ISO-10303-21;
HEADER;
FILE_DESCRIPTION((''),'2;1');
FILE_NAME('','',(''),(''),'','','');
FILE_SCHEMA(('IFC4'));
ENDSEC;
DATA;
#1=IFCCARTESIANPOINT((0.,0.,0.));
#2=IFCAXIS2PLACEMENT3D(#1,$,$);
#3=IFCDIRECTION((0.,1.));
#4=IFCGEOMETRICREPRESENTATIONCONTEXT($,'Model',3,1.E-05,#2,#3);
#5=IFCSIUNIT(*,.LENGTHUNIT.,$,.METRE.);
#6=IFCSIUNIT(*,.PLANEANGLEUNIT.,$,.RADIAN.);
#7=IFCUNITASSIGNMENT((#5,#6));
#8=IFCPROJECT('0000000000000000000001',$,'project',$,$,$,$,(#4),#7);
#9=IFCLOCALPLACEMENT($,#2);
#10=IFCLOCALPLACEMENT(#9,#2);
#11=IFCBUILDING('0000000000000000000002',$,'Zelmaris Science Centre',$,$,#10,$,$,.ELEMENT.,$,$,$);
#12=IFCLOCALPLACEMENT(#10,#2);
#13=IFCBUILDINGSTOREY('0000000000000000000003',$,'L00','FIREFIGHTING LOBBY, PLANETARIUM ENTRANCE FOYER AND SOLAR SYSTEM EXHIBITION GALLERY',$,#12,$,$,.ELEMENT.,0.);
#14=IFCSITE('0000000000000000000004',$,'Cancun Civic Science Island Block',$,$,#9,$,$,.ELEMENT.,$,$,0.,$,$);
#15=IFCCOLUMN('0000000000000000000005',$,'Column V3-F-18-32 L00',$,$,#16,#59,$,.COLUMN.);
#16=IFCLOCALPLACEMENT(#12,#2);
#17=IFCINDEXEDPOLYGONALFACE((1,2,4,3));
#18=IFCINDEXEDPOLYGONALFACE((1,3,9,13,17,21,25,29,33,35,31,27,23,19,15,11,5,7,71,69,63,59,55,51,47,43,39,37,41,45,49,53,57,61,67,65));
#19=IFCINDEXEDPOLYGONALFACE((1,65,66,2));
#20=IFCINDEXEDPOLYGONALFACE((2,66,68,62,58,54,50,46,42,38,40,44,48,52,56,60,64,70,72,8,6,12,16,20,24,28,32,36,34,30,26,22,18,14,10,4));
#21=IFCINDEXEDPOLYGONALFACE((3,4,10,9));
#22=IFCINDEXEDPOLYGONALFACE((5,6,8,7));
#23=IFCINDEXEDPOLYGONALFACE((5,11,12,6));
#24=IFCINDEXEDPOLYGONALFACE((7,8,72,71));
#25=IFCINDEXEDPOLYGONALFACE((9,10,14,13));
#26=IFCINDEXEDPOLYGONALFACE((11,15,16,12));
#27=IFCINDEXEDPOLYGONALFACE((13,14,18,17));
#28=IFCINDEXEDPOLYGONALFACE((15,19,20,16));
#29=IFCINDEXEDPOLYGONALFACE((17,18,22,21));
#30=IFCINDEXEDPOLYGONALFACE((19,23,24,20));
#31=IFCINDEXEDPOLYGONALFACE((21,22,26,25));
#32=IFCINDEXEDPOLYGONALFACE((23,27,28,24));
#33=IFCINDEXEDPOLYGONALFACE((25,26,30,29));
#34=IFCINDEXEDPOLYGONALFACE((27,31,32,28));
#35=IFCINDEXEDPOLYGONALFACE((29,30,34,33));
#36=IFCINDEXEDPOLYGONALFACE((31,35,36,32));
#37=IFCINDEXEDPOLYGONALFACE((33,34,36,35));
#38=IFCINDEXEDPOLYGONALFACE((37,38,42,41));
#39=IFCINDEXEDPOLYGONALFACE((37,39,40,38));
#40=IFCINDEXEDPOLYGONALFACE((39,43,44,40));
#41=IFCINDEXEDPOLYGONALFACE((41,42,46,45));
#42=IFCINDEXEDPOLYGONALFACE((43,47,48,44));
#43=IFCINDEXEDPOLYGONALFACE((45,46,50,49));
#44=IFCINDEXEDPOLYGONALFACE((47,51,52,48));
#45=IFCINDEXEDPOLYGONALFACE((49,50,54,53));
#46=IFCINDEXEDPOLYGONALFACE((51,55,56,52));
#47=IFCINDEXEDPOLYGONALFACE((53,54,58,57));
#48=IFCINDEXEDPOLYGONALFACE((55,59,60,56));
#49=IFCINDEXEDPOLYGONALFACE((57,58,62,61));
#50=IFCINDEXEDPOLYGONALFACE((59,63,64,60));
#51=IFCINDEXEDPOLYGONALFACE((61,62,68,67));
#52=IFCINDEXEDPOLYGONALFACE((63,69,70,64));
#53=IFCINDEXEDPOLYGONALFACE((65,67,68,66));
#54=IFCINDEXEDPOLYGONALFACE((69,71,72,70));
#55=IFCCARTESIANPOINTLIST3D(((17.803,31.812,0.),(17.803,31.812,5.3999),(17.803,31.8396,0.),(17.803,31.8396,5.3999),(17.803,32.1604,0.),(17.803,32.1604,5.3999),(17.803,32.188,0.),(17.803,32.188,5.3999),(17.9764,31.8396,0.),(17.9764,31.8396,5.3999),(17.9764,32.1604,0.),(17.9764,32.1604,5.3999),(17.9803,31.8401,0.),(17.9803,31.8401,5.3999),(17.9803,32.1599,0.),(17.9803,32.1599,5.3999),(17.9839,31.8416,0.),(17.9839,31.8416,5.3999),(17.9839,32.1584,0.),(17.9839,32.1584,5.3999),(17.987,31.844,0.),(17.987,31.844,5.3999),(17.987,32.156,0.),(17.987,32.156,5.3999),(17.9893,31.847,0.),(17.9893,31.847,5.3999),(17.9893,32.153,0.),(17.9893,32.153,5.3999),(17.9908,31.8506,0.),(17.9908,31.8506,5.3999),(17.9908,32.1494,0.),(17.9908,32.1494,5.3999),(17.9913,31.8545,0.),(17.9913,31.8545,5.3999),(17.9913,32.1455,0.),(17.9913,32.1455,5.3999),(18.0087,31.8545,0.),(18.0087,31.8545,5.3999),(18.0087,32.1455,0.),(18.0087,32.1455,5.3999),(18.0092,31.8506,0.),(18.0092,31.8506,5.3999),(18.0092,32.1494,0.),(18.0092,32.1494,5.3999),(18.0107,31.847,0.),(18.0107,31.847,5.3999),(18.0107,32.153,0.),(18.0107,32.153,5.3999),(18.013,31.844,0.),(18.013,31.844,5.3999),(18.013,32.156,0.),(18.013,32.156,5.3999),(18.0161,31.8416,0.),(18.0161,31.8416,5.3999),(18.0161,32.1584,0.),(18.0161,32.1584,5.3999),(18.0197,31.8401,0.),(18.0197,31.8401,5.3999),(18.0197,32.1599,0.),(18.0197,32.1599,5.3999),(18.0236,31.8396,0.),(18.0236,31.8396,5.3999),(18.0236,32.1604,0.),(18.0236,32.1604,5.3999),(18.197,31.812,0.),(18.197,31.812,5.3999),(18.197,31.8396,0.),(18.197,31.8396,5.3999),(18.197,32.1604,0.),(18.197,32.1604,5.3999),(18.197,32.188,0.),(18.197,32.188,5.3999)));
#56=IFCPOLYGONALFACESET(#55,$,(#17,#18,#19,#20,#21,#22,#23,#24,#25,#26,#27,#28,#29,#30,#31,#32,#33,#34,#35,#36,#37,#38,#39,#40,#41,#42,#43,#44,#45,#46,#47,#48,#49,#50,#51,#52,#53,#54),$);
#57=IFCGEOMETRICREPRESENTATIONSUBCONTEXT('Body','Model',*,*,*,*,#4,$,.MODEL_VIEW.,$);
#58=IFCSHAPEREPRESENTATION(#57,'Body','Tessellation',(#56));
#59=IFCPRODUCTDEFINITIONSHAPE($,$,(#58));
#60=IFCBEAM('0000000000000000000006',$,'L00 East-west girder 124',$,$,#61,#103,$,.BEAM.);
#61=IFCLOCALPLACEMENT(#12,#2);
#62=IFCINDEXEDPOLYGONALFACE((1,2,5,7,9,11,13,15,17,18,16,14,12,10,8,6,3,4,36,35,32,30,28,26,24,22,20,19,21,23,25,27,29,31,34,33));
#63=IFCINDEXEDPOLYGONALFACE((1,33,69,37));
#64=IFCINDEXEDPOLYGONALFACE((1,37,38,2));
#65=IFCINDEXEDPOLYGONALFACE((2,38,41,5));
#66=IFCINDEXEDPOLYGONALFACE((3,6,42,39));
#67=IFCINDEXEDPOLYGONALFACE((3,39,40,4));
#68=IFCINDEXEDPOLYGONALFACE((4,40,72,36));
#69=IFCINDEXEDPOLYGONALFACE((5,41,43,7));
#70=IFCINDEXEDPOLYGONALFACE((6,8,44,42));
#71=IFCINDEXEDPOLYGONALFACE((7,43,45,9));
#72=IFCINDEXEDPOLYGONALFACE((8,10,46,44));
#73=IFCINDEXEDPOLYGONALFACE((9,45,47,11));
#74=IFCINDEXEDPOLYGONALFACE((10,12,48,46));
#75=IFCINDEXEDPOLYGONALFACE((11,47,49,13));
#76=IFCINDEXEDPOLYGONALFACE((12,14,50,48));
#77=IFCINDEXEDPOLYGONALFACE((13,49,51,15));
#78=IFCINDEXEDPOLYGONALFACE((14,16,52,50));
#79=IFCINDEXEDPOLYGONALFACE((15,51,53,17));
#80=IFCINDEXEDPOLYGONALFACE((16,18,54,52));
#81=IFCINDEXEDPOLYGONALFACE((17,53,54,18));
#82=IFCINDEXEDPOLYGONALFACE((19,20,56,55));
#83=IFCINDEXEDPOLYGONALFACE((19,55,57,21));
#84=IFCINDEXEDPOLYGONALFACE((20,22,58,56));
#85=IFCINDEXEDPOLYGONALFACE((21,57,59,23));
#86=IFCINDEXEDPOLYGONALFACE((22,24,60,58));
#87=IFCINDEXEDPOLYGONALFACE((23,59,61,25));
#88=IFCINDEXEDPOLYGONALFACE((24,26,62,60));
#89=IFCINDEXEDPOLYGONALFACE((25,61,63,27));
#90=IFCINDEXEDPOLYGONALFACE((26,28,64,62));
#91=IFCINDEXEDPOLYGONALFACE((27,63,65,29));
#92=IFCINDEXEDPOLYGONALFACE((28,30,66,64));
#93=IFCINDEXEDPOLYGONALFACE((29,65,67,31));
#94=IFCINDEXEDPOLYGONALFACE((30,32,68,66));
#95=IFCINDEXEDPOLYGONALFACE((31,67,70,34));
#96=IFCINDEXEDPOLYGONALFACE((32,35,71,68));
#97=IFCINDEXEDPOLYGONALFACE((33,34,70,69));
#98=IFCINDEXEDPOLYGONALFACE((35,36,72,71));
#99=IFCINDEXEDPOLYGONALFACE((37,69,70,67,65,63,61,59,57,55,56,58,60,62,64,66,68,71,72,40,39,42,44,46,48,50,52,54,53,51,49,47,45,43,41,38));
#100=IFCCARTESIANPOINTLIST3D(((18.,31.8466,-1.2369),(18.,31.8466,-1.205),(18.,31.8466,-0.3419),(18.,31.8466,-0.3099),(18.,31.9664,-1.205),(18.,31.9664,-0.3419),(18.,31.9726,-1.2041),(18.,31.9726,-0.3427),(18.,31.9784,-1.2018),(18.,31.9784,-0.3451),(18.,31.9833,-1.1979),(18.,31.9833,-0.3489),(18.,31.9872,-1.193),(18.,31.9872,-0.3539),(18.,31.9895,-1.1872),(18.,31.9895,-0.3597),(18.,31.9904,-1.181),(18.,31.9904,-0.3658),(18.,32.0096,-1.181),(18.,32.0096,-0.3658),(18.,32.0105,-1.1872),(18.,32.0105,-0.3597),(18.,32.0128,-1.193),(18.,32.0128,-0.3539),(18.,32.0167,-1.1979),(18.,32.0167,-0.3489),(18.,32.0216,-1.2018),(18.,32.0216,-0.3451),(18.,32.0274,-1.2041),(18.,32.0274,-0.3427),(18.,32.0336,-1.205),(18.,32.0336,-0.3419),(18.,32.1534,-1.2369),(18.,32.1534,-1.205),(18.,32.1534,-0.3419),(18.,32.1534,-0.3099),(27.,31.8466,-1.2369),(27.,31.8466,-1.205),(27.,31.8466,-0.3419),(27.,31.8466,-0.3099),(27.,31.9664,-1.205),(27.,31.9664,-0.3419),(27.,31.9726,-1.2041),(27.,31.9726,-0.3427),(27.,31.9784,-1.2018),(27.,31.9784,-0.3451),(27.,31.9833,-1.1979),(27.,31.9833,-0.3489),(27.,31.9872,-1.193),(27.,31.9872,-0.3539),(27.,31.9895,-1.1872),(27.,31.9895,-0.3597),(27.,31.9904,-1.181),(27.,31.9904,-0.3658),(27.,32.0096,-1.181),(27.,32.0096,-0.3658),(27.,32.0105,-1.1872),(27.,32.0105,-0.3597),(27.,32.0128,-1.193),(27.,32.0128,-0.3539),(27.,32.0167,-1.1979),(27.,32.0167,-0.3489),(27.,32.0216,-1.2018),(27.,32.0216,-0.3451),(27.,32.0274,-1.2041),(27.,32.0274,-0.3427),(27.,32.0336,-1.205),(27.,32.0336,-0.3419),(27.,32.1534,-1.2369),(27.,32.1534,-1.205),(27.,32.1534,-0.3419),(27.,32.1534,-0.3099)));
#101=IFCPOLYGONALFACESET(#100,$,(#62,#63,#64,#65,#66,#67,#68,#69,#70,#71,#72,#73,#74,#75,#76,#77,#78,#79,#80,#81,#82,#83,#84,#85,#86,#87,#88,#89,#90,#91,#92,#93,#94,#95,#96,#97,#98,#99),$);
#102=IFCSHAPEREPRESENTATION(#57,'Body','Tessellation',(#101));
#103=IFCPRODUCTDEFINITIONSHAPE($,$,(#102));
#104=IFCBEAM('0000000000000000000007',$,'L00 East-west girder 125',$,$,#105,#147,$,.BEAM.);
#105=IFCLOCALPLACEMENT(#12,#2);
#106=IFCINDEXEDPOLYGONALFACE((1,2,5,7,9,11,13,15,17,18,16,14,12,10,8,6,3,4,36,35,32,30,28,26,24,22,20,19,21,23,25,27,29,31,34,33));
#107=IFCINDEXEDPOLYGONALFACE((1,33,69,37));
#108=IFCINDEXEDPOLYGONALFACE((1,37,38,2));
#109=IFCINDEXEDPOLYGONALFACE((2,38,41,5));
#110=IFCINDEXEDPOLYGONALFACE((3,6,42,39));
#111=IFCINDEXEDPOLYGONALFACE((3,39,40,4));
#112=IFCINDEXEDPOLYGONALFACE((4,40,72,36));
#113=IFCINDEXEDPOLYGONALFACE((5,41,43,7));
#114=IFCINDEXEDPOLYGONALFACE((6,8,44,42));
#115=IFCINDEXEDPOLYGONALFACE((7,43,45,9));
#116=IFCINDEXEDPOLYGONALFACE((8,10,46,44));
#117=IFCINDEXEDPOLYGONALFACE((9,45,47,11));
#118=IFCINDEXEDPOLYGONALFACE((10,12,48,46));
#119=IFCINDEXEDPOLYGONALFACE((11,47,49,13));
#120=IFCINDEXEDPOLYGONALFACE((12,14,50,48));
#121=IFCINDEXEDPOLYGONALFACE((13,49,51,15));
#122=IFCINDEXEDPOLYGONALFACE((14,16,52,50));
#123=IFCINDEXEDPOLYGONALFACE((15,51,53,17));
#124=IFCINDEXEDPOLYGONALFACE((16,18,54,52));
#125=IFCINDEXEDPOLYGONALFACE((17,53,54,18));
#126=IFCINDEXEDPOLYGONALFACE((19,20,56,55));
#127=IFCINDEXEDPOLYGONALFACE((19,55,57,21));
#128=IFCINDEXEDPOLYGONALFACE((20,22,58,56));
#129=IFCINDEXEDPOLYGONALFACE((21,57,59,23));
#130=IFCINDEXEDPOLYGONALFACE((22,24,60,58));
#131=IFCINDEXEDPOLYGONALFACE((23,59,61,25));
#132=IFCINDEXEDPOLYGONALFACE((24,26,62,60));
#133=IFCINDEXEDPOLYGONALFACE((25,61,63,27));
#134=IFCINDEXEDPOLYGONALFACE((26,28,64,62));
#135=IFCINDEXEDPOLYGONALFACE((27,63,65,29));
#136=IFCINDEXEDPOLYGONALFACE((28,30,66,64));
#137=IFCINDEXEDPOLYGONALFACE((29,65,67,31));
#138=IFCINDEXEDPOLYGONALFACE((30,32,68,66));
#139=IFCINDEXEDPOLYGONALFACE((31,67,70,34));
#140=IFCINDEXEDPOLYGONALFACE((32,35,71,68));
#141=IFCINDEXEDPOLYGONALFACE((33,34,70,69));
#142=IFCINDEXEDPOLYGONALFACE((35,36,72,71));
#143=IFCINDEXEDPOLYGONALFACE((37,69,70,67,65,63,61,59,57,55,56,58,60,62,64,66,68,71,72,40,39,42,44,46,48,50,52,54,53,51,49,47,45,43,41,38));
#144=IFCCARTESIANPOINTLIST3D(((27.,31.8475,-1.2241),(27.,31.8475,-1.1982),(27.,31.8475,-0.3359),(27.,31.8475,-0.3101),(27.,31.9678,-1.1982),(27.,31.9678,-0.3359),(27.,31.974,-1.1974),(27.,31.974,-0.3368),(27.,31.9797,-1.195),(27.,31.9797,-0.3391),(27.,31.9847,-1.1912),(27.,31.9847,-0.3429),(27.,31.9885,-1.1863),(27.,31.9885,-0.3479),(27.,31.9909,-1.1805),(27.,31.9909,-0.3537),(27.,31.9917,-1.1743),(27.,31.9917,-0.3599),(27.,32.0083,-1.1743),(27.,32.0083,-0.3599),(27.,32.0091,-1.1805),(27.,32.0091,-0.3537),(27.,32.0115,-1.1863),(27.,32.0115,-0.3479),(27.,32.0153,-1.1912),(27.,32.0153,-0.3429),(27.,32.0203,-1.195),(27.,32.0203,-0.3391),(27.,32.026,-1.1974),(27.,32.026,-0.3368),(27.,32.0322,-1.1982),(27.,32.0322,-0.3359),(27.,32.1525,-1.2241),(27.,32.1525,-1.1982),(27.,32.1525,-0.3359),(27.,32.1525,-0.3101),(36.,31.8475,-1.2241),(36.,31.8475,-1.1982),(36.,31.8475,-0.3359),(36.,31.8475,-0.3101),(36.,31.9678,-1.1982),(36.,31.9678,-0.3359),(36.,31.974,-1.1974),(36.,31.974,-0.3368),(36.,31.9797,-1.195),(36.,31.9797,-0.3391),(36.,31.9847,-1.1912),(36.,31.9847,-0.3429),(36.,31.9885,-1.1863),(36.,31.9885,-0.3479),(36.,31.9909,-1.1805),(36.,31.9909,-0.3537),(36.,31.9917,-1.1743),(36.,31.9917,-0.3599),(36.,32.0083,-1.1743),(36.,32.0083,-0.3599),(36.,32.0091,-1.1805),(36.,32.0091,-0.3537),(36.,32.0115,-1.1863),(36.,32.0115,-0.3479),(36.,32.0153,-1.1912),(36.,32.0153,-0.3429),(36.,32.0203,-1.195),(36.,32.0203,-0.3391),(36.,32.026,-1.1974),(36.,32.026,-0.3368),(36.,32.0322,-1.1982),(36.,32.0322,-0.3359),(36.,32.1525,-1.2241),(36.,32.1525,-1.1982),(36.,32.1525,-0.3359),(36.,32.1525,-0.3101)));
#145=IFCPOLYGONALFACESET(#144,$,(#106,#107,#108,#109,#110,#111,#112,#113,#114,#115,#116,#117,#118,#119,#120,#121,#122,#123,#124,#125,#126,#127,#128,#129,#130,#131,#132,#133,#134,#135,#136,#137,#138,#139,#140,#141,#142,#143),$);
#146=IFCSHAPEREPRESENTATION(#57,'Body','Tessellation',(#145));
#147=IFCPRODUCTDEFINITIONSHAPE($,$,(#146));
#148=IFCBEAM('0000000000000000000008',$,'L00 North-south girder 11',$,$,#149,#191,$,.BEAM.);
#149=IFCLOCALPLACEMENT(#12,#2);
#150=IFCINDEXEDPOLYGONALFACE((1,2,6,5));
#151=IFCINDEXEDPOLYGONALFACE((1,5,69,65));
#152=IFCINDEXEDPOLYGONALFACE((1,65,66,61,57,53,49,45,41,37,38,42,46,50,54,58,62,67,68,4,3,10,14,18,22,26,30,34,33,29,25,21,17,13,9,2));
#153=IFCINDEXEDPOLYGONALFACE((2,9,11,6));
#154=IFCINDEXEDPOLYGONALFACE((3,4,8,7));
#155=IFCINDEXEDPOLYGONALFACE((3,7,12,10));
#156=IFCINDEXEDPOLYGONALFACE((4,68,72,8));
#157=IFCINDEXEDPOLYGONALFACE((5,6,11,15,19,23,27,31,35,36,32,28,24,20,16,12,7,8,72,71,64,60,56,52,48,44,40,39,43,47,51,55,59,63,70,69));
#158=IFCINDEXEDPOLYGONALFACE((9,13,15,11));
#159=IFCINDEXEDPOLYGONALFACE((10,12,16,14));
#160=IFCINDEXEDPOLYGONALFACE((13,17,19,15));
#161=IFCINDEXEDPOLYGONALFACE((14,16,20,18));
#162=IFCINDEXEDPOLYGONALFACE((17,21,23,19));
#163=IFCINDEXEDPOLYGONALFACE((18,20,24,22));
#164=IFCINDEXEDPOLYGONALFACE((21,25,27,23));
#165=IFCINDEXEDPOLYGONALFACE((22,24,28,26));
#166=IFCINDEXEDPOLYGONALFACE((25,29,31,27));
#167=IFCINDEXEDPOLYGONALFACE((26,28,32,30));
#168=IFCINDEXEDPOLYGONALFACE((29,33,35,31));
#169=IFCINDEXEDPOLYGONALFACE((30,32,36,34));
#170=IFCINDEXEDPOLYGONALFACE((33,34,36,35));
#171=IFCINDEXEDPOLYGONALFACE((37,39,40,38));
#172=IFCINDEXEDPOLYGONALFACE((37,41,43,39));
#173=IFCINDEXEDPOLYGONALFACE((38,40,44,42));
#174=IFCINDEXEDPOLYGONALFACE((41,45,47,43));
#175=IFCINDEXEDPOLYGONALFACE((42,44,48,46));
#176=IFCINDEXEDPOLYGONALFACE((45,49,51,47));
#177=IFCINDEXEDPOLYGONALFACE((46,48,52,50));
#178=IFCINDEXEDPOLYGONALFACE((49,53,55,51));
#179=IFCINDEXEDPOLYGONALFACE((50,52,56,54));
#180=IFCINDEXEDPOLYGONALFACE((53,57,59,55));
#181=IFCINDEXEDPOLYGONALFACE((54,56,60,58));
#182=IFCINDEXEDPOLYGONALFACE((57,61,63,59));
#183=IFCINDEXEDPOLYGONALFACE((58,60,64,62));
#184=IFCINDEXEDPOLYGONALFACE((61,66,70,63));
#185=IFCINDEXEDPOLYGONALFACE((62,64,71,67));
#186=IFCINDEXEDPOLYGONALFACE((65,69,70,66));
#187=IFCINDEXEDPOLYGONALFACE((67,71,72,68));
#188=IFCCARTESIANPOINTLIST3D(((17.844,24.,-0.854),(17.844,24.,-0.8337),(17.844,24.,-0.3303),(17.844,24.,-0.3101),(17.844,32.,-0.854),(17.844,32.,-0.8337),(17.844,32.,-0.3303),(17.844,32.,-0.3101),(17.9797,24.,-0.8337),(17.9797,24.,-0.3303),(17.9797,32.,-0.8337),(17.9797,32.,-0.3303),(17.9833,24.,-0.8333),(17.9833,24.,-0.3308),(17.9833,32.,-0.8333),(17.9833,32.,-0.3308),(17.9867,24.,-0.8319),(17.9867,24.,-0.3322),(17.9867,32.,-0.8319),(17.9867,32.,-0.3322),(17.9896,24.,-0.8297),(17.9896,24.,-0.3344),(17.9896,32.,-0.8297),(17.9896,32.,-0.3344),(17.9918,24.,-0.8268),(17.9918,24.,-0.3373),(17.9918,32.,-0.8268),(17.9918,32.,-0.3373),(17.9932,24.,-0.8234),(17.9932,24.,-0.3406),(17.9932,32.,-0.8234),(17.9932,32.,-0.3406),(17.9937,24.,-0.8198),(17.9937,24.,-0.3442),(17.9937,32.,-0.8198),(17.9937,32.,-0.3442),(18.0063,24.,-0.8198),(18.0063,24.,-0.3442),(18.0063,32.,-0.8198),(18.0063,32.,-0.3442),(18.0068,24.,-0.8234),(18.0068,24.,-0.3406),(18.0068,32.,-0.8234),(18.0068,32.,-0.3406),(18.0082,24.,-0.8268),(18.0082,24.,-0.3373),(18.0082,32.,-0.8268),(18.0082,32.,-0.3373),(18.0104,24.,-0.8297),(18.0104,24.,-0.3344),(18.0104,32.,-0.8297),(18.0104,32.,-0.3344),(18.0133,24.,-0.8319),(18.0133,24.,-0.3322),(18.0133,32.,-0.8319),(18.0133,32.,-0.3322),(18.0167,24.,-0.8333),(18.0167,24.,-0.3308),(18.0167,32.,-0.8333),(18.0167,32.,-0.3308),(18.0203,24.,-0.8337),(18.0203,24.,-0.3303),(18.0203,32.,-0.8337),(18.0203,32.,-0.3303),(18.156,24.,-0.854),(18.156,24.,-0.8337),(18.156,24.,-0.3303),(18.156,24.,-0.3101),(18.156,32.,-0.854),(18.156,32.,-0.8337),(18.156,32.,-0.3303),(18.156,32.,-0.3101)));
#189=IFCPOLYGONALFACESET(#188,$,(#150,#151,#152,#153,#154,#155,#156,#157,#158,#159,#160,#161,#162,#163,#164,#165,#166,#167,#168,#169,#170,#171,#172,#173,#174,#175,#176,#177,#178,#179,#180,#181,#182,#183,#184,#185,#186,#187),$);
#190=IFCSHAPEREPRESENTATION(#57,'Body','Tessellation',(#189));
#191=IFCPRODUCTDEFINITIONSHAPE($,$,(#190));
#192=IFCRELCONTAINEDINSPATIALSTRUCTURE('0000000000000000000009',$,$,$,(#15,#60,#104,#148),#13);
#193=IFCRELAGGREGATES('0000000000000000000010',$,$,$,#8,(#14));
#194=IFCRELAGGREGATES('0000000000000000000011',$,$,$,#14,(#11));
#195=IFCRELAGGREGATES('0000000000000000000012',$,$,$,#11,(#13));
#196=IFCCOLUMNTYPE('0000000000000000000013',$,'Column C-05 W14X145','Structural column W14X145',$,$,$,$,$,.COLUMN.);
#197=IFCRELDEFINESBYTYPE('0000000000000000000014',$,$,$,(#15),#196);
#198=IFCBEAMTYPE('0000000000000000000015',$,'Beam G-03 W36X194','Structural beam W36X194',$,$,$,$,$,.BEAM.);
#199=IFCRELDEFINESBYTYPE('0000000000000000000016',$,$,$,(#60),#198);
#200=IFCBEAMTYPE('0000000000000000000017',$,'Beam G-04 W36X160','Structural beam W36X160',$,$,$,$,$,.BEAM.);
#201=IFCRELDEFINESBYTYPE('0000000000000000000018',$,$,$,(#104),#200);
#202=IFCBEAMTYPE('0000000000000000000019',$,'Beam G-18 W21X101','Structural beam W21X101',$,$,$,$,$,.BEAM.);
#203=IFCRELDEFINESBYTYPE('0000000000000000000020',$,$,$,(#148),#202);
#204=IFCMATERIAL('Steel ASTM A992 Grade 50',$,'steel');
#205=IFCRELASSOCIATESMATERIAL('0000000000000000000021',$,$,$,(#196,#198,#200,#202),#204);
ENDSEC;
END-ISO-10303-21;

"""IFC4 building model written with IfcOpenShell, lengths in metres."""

from ifc_helpers import new_model, si_unit, direction, frame, origin, origin_2d, place, context, subcontext, project, spatial, i_section, extrude, material, material_profile, profile_set, type_object, element, save


model = new_model("IFC4")

# Units and contexts
model_context = context("Model", 3, precision=1e-05, world=origin(), true_north=direction((0.0, 1.0)))
body_context = subcontext(model_context, "Body", "Model", "MODEL_VIEW")
ifc_project = project(units=[si_unit("LENGTHUNIT", "METRE"), si_unit("PLANEANGLEUNIT", "RADIAN")], contexts=[model_context])

# Site, building, storey
site_placement = place(None, origin())
site = spatial("IfcSite", under=ifc_project, at=site_placement, Name="Cancun Civic Science Island Block", CompositionType="ELEMENT", RefElevation=0.0)
building_placement = place(site_placement, origin())
building = spatial("IfcBuilding", under=site, at=building_placement, Name="Zelmaris Science Centre", CompositionType="ELEMENT")
storey_placement = place(building_placement, origin())
storey = spatial("IfcBuildingStorey", under=building, at=storey_placement, Name="L00", Description="FIREFIGHTING LOBBY, PLANETARIUM ENTRANCE FOYER AND SOLAR SYSTEM EXHIBITION GALLERY", CompositionType="ELEMENT", Elevation=0.0)

# Column
ifc_material_1 = material(Name="Steel ASTM A992 Grade 50", Category="steel")
ifc_material_profile_1 = material_profile(ifc_material_1, i_section(OverallWidth=0.394, OverallDepth=0.376, WebThickness=0.0173, FlangeThickness=0.0276, FilletRadius=0.0149, at=origin_2d()), Name="W14X145")
ifc_profile_set_1 = profile_set([ifc_material_profile_1], Name="Steel ASTM A992 Grade 50")
column_type = type_object("IfcColumnType", Name="Column C-05 W14X145", Description="Structural column W14X145", PredefinedType="COLUMN", material=ifc_profile_set_1)
column_placement = place(storey_placement, frame((18.0, 32.0, 0.0), z_axis=(0.0, 0.0, 1.0), x_axis=(1.0, 0.0, 0.0)))
element("IfcColumn", 1, at=column_placement, inside=storey, type_object=column_type, Name="Column V3-F-18-32 L00", PredefinedType="COLUMN", context=body_context, shape_type="SweptSolid", body=[
    extrude(i_section(OverallWidth=0.394, OverallDepth=0.376, WebThickness=0.0173, FlangeThickness=0.0276, FilletRadius=0.0149, at=origin_2d()), origin(), (0.0, 0.0, 1.0), 5.3999),
])

# Beams
ifc_material_profile_2 = material_profile(ifc_material_1, i_section(OverallWidth=0.3069, OverallDepth=0.927, WebThickness=0.0193, FlangeThickness=0.032, FilletRadius=0.0239, at=origin_2d()), Name="W36X194")
ifc_profile_set_2 = profile_set([ifc_material_profile_2], Name="Steel ASTM A992 Grade 50")
beam_type_1 = type_object("IfcBeamType", Name="Beam G-03 W36X194", Description="Structural beam W36X194", PredefinedType="BEAM", material=ifc_profile_set_2)
beam_1_placement = place(storey_placement, frame((18.0, 32.0, -0.7734), z_axis=(1.0, 0.0, 0.0), x_axis=(0.0, 1.0, 0.0)))
element("IfcBeam", 2, at=beam_1_placement, inside=storey, type_object=beam_type_1, Name="L00 East-west girder 124", PredefinedType="BEAM", context=body_context, shape_type="SweptSolid", body=[
    extrude(i_section(OverallWidth=0.3069, OverallDepth=0.927, WebThickness=0.0193, FlangeThickness=0.032, FilletRadius=0.0239, at=origin_2d()), origin(), (0.0, 0.0, 1.0), 9.0),
])
ifc_material_profile_3 = material_profile(ifc_material_1, i_section(OverallWidth=0.3049, OverallDepth=0.9141, WebThickness=0.0166, FlangeThickness=0.0259, FilletRadius=0.0239, at=origin_2d()), Name="W36X160")
ifc_profile_set_3 = profile_set([ifc_material_profile_3], Name="Steel ASTM A992 Grade 50")
beam_type_2 = type_object("IfcBeamType", Name="Beam G-04 W36X160", Description="Structural beam W36X160", PredefinedType="BEAM", material=ifc_profile_set_3)
beam_2_placement = place(storey_placement, frame((27.0, 32.0, -0.7671), z_axis=(1.0, 0.0, 0.0), x_axis=(0.0, 1.0, 0.0)))
element("IfcBeam", 3, at=beam_2_placement, inside=storey, type_object=beam_type_2, Name="L00 East-west girder 125", PredefinedType="BEAM", context=body_context, shape_type="SweptSolid", body=[
    extrude(i_section(OverallWidth=0.3049, OverallDepth=0.9141, WebThickness=0.0166, FlangeThickness=0.0259, FilletRadius=0.0239, at=origin_2d()), origin(), (0.0, 0.0, 1.0), 9.0),
])
ifc_material_profile_4 = material_profile(ifc_material_1, i_section(OverallWidth=0.312, OverallDepth=0.5439, WebThickness=0.0127, FlangeThickness=0.0203, FilletRadius=0.0139, at=origin_2d()), Name="W21X101")
ifc_profile_set_4 = profile_set([ifc_material_profile_4], Name="Steel ASTM A992 Grade 50")
beam_type_3 = type_object("IfcBeamType", Name="Beam G-18 W21X101", Description="Structural beam W21X101", PredefinedType="BEAM", material=ifc_profile_set_4)
beam_3_placement = place(storey_placement, frame((18.0, 24.0, -0.582), z_axis=(0.0, 1.0, 0.0), x_axis=(-1.0, 0.0, 0.0)))
element("IfcBeam", 4, at=beam_3_placement, inside=storey, type_object=beam_type_3, Name="L00 North-south girder 11", PredefinedType="BEAM", context=body_context, shape_type="SweptSolid", body=[
    extrude(i_section(OverallWidth=0.312, OverallDepth=0.5439, WebThickness=0.0127, FlangeThickness=0.0203, FilletRadius=0.0139, at=origin_2d()), origin(), (0.0, 0.0, 1.0), 8.0),
])

save(model, "model.ifc")
